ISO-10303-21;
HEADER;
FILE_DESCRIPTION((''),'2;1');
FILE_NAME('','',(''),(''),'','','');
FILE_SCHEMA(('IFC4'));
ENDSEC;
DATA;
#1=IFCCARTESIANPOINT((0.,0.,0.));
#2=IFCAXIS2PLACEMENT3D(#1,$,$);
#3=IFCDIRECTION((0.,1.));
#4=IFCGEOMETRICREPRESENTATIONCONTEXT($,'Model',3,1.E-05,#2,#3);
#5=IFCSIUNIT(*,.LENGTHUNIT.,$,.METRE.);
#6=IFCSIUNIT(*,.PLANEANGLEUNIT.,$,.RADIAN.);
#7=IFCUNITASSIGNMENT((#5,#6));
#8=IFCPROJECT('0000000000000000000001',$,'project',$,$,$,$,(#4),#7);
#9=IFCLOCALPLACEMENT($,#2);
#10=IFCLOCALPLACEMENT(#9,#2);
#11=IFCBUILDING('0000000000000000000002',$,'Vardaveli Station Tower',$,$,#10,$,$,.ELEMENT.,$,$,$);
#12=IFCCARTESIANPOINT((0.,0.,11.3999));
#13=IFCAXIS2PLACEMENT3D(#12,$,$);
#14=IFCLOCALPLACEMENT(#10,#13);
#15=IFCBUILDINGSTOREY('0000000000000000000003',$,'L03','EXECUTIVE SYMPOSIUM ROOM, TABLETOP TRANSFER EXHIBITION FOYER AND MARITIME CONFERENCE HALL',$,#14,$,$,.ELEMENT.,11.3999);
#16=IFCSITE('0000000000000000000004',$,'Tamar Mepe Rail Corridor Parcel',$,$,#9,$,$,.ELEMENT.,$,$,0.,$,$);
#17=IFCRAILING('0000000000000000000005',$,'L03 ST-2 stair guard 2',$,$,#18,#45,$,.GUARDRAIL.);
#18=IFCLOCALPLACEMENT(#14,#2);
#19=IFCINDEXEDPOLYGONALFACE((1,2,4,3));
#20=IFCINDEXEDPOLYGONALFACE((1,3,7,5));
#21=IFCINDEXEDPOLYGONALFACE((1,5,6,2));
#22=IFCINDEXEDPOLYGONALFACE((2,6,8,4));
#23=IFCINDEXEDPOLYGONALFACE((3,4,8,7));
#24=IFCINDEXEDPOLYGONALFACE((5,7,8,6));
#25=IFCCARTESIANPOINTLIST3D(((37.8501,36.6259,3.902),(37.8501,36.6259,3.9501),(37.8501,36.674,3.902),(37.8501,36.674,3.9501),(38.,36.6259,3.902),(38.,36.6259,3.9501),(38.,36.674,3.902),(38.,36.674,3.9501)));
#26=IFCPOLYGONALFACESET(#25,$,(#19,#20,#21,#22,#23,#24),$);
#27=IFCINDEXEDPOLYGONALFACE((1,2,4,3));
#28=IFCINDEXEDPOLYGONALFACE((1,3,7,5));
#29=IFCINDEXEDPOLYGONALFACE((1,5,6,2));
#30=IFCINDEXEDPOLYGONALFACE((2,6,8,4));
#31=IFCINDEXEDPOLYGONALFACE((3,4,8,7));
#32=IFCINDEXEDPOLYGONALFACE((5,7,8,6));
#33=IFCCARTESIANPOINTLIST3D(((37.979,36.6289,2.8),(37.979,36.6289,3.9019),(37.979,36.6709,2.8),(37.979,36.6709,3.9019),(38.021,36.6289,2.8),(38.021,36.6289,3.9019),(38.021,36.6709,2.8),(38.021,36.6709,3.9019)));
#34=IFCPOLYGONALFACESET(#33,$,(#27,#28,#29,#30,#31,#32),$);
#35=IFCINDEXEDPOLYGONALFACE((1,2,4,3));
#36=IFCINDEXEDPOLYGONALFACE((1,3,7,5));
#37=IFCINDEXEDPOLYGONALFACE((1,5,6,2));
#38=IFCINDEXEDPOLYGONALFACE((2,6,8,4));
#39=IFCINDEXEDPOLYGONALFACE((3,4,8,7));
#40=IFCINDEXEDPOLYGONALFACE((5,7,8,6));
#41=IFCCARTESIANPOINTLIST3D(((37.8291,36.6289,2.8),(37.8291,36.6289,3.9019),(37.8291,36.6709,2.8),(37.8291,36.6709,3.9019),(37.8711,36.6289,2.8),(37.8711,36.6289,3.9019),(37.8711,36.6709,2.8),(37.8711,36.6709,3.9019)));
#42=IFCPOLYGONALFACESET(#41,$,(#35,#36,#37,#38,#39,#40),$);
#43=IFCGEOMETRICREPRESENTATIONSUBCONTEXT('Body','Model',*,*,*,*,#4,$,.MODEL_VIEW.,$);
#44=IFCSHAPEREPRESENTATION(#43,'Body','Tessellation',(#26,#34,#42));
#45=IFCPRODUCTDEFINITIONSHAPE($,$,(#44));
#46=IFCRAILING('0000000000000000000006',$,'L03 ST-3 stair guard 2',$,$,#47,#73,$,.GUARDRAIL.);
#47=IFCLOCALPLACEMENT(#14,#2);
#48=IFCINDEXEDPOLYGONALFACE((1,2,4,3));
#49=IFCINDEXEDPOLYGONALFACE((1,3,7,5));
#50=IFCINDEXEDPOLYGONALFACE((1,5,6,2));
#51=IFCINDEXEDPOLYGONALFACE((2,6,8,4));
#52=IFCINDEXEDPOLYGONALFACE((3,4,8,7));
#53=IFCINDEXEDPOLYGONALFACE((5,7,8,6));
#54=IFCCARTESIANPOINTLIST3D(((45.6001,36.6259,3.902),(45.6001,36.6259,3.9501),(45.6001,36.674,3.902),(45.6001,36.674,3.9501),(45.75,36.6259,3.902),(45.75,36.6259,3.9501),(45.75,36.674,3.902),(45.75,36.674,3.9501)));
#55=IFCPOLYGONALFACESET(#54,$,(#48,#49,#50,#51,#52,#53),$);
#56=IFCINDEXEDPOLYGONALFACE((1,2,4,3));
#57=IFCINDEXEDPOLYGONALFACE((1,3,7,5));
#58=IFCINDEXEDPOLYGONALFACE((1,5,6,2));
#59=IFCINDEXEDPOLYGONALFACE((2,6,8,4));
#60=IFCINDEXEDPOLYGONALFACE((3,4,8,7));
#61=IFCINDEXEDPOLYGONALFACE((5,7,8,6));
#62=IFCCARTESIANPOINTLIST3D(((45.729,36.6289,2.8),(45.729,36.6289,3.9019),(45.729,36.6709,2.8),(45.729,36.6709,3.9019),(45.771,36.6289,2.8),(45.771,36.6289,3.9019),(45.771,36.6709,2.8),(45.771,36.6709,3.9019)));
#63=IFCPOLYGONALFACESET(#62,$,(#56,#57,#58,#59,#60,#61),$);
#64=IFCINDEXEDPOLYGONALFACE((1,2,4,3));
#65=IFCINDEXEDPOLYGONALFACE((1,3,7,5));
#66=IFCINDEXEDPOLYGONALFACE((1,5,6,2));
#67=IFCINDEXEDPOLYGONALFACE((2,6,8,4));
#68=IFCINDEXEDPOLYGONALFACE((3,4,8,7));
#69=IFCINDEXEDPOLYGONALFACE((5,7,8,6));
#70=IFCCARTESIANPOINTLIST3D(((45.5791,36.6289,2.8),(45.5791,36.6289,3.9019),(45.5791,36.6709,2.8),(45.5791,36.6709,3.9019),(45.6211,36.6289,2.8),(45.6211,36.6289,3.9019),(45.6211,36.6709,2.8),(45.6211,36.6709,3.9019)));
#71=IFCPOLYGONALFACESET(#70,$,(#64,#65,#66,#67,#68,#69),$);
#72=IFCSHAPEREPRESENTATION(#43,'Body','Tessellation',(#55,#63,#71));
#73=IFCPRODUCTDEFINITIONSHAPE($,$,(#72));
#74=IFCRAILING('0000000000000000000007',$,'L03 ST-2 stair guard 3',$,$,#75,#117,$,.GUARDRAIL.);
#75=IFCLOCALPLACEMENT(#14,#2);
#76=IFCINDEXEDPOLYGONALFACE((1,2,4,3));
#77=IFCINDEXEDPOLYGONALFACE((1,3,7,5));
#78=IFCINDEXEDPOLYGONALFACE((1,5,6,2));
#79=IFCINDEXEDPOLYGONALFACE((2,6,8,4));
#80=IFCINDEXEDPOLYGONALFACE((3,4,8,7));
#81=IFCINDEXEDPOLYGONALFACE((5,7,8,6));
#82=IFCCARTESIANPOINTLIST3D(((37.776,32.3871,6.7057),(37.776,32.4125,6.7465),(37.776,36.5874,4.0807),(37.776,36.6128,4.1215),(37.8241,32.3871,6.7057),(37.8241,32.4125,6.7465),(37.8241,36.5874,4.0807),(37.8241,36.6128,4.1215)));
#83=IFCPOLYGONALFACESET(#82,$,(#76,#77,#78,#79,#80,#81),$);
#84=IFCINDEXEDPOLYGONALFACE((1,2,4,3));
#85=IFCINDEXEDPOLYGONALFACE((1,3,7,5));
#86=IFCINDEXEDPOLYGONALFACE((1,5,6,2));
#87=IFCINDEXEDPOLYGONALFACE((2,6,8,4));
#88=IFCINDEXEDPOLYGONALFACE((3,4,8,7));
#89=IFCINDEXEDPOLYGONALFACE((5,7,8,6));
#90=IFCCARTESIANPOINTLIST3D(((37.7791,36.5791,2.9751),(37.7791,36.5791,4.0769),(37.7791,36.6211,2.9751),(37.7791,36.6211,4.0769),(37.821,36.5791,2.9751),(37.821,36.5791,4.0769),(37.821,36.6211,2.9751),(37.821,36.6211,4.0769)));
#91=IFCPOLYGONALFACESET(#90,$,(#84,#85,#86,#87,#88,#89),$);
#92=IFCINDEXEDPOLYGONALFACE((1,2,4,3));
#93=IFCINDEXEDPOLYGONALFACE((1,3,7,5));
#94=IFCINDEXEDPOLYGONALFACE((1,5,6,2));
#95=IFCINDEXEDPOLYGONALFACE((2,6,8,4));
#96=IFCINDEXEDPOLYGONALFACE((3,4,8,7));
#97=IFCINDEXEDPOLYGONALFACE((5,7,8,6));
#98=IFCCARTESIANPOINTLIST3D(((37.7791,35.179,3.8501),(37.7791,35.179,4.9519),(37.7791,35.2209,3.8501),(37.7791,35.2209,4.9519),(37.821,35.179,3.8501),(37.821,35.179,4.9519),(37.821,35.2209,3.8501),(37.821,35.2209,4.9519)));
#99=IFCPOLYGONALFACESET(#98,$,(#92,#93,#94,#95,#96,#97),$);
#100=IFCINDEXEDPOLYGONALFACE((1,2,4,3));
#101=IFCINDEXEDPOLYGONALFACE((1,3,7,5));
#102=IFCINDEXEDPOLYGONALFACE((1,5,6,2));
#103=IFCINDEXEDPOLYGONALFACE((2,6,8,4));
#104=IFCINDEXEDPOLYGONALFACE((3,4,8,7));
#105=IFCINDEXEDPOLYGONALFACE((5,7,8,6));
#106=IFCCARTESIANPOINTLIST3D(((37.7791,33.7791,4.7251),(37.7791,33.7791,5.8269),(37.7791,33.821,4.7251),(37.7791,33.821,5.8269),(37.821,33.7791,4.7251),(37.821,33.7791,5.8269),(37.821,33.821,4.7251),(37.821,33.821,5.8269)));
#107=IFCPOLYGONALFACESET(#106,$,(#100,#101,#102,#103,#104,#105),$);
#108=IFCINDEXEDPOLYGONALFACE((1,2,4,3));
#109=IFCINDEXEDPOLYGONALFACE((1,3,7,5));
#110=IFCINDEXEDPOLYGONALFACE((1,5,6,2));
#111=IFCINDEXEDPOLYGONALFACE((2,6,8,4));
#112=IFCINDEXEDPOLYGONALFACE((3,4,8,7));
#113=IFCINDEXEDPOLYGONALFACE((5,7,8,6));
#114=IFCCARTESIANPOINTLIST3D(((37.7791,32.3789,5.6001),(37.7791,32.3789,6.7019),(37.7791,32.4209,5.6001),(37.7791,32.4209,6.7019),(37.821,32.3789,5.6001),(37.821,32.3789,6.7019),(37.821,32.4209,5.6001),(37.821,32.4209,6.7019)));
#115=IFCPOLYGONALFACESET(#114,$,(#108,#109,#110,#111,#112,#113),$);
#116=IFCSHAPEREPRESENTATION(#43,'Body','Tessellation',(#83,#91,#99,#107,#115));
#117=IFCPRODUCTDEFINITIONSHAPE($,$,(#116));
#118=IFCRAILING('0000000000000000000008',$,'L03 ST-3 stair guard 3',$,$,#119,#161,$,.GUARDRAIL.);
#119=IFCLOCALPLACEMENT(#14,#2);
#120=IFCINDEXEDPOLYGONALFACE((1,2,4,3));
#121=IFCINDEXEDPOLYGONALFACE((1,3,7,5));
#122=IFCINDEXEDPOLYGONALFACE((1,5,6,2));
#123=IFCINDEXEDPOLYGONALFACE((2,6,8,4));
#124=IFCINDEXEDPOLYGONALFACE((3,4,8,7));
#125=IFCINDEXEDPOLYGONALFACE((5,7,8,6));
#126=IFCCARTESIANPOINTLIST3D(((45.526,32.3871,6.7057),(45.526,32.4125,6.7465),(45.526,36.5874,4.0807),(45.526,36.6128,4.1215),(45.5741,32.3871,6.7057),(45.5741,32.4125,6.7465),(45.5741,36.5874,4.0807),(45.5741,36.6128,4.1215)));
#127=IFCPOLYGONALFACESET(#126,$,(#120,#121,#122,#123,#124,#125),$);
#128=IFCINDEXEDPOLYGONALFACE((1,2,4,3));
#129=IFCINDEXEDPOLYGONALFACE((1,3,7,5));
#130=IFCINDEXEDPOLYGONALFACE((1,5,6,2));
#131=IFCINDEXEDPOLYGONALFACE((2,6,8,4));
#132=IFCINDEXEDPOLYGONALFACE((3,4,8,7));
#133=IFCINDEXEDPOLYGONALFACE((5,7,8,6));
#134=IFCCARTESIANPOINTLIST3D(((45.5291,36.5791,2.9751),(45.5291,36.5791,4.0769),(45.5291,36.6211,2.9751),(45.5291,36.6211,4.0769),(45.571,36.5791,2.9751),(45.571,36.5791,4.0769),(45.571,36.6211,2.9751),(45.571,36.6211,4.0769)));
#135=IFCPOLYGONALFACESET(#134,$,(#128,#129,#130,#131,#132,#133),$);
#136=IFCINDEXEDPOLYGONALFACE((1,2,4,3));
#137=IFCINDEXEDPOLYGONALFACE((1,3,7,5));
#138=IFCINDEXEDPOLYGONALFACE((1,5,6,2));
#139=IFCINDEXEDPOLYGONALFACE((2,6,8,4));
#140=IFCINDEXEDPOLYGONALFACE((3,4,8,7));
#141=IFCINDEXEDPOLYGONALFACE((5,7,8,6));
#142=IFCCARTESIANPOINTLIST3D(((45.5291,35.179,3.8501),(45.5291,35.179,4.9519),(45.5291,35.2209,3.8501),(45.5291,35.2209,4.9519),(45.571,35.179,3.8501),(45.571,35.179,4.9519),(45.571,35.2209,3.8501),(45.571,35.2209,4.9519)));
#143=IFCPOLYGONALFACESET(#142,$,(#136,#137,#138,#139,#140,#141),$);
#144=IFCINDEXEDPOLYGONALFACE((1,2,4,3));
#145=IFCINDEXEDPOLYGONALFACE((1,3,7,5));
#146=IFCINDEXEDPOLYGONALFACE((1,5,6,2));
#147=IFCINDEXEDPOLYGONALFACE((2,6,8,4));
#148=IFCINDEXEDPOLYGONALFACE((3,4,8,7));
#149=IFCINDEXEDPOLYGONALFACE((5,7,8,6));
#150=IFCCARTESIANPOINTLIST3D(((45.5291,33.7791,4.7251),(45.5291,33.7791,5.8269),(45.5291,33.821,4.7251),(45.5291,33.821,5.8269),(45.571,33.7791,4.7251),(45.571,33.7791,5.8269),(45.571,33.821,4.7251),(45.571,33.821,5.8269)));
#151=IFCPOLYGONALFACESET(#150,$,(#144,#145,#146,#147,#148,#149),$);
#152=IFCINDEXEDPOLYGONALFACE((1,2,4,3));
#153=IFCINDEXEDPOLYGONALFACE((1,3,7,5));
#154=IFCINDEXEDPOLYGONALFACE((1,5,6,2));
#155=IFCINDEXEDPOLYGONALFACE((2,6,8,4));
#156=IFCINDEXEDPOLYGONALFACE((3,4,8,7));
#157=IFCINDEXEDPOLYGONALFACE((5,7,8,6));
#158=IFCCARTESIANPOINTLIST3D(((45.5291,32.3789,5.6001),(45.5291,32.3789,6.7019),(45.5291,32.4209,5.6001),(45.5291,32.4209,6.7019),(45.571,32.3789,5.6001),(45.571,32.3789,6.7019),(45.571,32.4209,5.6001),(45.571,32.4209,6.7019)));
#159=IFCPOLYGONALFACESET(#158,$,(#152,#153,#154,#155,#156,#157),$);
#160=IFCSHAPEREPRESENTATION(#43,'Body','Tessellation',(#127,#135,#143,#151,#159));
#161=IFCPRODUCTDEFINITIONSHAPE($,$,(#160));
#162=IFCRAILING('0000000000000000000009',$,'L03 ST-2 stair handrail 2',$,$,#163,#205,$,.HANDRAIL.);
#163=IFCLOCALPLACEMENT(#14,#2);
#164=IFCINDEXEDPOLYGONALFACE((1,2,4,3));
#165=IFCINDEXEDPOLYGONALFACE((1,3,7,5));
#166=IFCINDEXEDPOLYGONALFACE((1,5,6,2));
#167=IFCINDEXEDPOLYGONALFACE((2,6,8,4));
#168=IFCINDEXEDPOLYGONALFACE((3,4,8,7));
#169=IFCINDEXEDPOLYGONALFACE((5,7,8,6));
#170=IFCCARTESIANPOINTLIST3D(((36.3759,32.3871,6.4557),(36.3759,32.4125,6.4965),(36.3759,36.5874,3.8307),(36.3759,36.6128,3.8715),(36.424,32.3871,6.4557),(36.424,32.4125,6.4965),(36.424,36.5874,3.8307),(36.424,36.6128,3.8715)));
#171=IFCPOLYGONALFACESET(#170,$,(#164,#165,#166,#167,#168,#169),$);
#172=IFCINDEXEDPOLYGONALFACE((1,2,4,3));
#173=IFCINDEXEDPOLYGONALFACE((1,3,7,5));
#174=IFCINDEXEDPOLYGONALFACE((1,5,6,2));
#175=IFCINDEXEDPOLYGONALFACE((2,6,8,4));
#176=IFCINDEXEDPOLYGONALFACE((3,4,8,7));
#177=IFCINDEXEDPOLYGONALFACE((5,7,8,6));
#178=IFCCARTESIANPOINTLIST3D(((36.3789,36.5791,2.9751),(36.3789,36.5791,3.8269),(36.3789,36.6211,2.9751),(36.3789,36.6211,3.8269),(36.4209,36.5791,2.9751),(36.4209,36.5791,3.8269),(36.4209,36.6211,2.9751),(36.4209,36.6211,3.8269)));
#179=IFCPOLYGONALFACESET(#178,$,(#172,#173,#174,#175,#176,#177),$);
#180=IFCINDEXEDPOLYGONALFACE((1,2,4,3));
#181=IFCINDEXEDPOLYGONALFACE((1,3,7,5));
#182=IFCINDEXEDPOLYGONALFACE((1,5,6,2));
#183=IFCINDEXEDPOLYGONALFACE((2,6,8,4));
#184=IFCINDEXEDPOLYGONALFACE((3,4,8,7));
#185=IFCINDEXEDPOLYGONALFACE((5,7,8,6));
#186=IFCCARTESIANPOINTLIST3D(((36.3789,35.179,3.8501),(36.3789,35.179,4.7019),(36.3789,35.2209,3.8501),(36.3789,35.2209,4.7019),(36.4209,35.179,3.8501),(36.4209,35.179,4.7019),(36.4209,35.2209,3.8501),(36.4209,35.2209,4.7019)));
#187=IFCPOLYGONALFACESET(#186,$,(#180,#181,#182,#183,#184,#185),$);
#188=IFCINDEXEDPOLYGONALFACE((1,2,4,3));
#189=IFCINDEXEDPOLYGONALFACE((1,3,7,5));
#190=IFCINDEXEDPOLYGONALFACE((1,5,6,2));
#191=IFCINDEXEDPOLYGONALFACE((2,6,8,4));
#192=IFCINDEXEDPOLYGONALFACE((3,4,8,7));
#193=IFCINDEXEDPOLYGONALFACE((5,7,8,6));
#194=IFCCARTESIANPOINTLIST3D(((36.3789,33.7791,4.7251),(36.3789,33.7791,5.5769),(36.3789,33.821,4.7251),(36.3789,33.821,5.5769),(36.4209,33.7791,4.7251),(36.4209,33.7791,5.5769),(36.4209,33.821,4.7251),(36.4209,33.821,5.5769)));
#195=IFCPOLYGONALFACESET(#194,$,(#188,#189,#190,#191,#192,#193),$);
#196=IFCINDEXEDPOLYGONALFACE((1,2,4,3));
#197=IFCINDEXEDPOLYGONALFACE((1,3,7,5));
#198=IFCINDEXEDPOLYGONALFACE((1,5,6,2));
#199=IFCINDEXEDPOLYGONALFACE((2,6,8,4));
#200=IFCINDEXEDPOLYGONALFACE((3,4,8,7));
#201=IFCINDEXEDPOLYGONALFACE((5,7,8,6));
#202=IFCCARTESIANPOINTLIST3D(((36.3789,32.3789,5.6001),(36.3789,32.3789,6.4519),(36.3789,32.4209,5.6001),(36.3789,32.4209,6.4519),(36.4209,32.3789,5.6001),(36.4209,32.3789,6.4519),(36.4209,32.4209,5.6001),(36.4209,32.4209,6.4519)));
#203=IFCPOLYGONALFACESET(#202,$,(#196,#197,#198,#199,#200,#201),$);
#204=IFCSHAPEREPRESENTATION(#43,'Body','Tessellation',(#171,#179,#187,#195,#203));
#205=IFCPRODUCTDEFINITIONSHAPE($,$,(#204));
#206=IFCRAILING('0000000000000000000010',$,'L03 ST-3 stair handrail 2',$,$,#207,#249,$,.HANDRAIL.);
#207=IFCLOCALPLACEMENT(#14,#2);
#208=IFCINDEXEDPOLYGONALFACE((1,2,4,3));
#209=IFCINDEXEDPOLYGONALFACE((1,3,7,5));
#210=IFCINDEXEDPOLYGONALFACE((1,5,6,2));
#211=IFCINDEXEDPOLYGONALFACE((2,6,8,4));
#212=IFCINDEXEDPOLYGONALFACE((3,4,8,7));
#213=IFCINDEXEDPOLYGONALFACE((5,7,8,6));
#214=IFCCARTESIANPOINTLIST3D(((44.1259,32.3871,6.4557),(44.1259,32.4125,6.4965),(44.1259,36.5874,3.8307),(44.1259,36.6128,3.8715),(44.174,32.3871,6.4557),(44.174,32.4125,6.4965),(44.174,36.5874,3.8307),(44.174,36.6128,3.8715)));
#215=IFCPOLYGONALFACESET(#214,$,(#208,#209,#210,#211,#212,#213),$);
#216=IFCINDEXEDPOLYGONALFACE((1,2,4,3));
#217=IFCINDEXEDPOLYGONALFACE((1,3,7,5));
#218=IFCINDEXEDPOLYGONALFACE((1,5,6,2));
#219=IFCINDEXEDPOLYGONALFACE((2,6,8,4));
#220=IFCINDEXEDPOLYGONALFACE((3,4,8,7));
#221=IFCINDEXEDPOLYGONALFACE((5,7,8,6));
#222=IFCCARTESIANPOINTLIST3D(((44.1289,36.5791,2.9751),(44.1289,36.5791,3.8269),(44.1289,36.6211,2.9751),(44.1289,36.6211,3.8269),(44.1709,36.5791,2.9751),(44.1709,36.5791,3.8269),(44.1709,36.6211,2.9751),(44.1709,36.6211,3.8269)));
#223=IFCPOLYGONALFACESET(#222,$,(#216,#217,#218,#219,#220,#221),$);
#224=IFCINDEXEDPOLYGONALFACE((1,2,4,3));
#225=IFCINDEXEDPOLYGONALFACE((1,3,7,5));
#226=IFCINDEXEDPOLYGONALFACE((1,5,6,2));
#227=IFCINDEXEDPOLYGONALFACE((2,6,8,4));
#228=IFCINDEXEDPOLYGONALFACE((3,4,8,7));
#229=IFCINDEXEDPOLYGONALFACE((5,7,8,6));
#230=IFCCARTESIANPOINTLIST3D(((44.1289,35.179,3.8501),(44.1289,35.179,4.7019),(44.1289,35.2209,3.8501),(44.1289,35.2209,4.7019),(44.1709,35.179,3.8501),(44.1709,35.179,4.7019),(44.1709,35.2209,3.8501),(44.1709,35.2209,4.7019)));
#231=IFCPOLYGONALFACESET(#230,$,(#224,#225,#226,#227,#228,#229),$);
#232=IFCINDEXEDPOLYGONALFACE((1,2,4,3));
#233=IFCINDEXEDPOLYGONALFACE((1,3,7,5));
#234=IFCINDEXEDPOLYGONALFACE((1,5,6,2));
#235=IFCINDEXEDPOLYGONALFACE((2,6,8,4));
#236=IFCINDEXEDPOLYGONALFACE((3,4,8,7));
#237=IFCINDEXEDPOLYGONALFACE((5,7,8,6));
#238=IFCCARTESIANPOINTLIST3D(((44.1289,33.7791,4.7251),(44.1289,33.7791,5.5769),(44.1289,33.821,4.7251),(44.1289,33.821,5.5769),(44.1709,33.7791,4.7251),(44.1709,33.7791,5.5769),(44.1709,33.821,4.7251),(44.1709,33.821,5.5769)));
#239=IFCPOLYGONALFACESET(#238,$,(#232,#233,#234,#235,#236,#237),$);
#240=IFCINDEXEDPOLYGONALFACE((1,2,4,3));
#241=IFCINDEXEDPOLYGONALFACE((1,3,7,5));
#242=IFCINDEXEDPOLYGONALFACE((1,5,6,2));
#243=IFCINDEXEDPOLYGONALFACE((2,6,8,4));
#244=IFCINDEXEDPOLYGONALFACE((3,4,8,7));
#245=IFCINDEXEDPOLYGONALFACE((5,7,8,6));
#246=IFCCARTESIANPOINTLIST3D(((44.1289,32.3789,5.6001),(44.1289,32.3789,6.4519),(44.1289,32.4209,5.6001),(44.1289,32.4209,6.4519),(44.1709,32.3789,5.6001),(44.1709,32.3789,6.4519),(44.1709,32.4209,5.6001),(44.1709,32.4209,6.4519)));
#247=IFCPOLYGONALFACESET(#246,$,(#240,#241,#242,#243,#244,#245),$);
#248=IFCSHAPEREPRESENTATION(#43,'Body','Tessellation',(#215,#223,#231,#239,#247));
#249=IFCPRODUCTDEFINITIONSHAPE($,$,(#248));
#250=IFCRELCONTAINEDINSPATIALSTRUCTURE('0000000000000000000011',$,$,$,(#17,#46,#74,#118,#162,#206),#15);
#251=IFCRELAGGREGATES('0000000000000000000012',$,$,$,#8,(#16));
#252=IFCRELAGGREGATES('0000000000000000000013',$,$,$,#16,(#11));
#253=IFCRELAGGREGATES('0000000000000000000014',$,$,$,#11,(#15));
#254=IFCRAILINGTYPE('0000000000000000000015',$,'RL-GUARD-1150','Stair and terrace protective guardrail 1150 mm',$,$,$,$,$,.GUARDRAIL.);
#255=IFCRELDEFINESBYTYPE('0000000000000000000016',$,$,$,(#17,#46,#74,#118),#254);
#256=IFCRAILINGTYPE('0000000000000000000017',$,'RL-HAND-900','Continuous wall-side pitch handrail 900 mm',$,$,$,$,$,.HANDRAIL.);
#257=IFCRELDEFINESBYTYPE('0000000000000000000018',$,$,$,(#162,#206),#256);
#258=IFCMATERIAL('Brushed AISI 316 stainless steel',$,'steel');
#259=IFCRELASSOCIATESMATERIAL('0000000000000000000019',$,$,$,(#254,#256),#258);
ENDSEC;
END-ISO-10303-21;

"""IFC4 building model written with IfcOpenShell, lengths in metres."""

from ifc_helpers import new_model, si_unit, direction, frame, origin, origin_2d, place, context, subcontext, project, spatial, rectangle, extrude, source, transform, mapped, material, type_object, element, save


model = new_model("IFC4")

# Units and contexts
model_context = context("Model", 3, precision=1e-05, world=origin(), true_north=direction((0.0, 1.0)))
body_context = subcontext(model_context, "Body", "Model", "MODEL_VIEW")
ifc_project = project(units=[si_unit("LENGTHUNIT", "METRE"), si_unit("PLANEANGLEUNIT", "RADIAN")], contexts=[model_context])

# Site, building, storey
site_placement = place(None, origin())
site = spatial("IfcSite", under=ifc_project, at=site_placement, Name="Tamar Mepe Rail Corridor Parcel", CompositionType="ELEMENT", RefElevation=0.0)
building_placement = place(site_placement, origin())
building = spatial("IfcBuilding", under=site, at=building_placement, Name="Vardaveli Station Tower", CompositionType="ELEMENT")
storey_placement = place(building_placement, frame((0.0, 0.0, 11.3999)))
storey = spatial("IfcBuildingStorey", under=building, at=storey_placement, Name="L03", Description="EXECUTIVE SYMPOSIUM ROOM, TABLETOP TRANSFER EXHIBITION FOYER AND MARITIME CONFERENCE HALL", CompositionType="ELEMENT", Elevation=11.3999)

# Railings
ifc_material_1 = material(Name="Brushed AISI 316 stainless steel", Category="steel")
railing_type_1 = type_object("IfcRailingType", Name="RL-GUARD-1150", Description="Stair and terrace protective guardrail 1150 mm", PredefinedType="GUARDRAIL", material=ifc_material_1)
shared_shape_1 = source(origin(), body_context, "Body", "SweptSolid", [
    extrude(rectangle(XDim=0.0481, YDim=0.0481, at=origin_2d()), frame((0.0, 0.0, 1.126), z_axis=(-1.0, 0.0, 0.0), x_axis=(0.0, -1.0, 0.0)), (0.0, 0.0, 1.0), 0.1499),
    extrude(rectangle(XDim=0.042, YDim=0.042, at=origin_2d()), origin(), (0.0, 0.0, 1.0), 1.1018),
    extrude(rectangle(XDim=0.042, YDim=0.042, at=origin_2d()), frame((-0.1499, 0.0, 0.0)), (0.0, 0.0, 1.0), 1.1018),
])
for number, where, name in (
    (1, (38.0, 36.6499, 2.8), "L03 ST-2 stair guard 2"),
    (2, (45.75, 36.6499, 2.8), "L03 ST-3 stair guard 2"),
):
    element("IfcRailing", number, at=place(storey_placement, frame(where)), inside=storey, type_object=railing_type_1, Name=name, PredefinedType="GUARDRAIL", context=body_context, shape_type="MappedRepresentation", body=[
        mapped(shared_shape_1, transform((0.0, 0.0, 0.0), scale=1.0)),
    ])
shared_shape_2 = source(origin(), body_context, "Body", "SweptSolid", [
    extrude(rectangle(XDim=0.0481, YDim=0.0481, at=origin_2d()), frame((0.0, 0.0, 1.126), z_axis=(0.0, -0.848009, 0.529981), x_axis=(1.0, 0.0, 0.0)), (0.0, 0.0, 1.0), 4.9531),
    extrude(rectangle(XDim=0.042, YDim=0.042, at=origin_2d()), origin(), (0.0, 0.0, 1.0), 1.1018),
    extrude(rectangle(XDim=0.042, YDim=0.042, at=origin_2d()), frame((0.0, -1.4001, 0.875)), (0.0, 0.0, 1.0), 1.1018),
    extrude(rectangle(XDim=0.042, YDim=0.042, at=origin_2d()), frame((0.0, -2.8, 1.75)), (0.0, 0.0, 1.0), 1.1018),
    extrude(rectangle(XDim=0.042, YDim=0.042, at=origin_2d()), frame((0.0, -4.2002, 2.625)), (0.0, 0.0, 1.0), 1.1018),
])
for number, where, name in (
    (3, (37.8, 36.6001, 2.9751), "L03 ST-2 stair guard 3"),
    (4, (45.55, 36.6001, 2.9751), "L03 ST-3 stair guard 3"),
):
    element("IfcRailing", number, at=place(storey_placement, frame(where)), inside=storey, type_object=railing_type_1, Name=name, PredefinedType="GUARDRAIL", context=body_context, shape_type="MappedRepresentation", body=[
        mapped(shared_shape_2, transform((0.0, 0.0, 0.0), scale=1.0)),
    ])
railing_type_2 = type_object("IfcRailingType", Name="RL-HAND-900", Description="Continuous wall-side pitch handrail 900 mm", PredefinedType="HANDRAIL", material=ifc_material_1)
shared_shape_3 = source(origin(), body_context, "Body", "SweptSolid", [
    extrude(rectangle(XDim=0.0481, YDim=0.0481, at=origin_2d()), frame((0.0, 0.0, 0.876), z_axis=(0.0, -0.848009, 0.529981), x_axis=(1.0, 0.0, 0.0)), (0.0, 0.0, 1.0), 4.9531),
    extrude(rectangle(XDim=0.042, YDim=0.042, at=origin_2d()), origin(), (0.0, 0.0, 1.0), 0.8518),
    extrude(rectangle(XDim=0.042, YDim=0.042, at=origin_2d()), frame((0.0, -1.4001, 0.875)), (0.0, 0.0, 1.0), 0.8518),
    extrude(rectangle(XDim=0.042, YDim=0.042, at=origin_2d()), frame((0.0, -2.8, 1.75)), (0.0, 0.0, 1.0), 0.8518),
    extrude(rectangle(XDim=0.042, YDim=0.042, at=origin_2d()), frame((0.0, -4.2002, 2.625)), (0.0, 0.0, 1.0), 0.8518),
])
for number, where, name in (
    (5, (36.3999, 36.6001, 2.9751), "L03 ST-2 stair handrail 2"),
    (6, (44.1499, 36.6001, 2.9751), "L03 ST-3 stair handrail 2"),
):
    element("IfcRailing", number, at=place(storey_placement, frame(where)), inside=storey, type_object=railing_type_2, Name=name, PredefinedType="HANDRAIL", context=body_context, shape_type="MappedRepresentation", body=[
        mapped(shared_shape_3, transform((0.0, 0.0, 0.0), scale=1.0)),
    ])

save(model, "model.ifc")
